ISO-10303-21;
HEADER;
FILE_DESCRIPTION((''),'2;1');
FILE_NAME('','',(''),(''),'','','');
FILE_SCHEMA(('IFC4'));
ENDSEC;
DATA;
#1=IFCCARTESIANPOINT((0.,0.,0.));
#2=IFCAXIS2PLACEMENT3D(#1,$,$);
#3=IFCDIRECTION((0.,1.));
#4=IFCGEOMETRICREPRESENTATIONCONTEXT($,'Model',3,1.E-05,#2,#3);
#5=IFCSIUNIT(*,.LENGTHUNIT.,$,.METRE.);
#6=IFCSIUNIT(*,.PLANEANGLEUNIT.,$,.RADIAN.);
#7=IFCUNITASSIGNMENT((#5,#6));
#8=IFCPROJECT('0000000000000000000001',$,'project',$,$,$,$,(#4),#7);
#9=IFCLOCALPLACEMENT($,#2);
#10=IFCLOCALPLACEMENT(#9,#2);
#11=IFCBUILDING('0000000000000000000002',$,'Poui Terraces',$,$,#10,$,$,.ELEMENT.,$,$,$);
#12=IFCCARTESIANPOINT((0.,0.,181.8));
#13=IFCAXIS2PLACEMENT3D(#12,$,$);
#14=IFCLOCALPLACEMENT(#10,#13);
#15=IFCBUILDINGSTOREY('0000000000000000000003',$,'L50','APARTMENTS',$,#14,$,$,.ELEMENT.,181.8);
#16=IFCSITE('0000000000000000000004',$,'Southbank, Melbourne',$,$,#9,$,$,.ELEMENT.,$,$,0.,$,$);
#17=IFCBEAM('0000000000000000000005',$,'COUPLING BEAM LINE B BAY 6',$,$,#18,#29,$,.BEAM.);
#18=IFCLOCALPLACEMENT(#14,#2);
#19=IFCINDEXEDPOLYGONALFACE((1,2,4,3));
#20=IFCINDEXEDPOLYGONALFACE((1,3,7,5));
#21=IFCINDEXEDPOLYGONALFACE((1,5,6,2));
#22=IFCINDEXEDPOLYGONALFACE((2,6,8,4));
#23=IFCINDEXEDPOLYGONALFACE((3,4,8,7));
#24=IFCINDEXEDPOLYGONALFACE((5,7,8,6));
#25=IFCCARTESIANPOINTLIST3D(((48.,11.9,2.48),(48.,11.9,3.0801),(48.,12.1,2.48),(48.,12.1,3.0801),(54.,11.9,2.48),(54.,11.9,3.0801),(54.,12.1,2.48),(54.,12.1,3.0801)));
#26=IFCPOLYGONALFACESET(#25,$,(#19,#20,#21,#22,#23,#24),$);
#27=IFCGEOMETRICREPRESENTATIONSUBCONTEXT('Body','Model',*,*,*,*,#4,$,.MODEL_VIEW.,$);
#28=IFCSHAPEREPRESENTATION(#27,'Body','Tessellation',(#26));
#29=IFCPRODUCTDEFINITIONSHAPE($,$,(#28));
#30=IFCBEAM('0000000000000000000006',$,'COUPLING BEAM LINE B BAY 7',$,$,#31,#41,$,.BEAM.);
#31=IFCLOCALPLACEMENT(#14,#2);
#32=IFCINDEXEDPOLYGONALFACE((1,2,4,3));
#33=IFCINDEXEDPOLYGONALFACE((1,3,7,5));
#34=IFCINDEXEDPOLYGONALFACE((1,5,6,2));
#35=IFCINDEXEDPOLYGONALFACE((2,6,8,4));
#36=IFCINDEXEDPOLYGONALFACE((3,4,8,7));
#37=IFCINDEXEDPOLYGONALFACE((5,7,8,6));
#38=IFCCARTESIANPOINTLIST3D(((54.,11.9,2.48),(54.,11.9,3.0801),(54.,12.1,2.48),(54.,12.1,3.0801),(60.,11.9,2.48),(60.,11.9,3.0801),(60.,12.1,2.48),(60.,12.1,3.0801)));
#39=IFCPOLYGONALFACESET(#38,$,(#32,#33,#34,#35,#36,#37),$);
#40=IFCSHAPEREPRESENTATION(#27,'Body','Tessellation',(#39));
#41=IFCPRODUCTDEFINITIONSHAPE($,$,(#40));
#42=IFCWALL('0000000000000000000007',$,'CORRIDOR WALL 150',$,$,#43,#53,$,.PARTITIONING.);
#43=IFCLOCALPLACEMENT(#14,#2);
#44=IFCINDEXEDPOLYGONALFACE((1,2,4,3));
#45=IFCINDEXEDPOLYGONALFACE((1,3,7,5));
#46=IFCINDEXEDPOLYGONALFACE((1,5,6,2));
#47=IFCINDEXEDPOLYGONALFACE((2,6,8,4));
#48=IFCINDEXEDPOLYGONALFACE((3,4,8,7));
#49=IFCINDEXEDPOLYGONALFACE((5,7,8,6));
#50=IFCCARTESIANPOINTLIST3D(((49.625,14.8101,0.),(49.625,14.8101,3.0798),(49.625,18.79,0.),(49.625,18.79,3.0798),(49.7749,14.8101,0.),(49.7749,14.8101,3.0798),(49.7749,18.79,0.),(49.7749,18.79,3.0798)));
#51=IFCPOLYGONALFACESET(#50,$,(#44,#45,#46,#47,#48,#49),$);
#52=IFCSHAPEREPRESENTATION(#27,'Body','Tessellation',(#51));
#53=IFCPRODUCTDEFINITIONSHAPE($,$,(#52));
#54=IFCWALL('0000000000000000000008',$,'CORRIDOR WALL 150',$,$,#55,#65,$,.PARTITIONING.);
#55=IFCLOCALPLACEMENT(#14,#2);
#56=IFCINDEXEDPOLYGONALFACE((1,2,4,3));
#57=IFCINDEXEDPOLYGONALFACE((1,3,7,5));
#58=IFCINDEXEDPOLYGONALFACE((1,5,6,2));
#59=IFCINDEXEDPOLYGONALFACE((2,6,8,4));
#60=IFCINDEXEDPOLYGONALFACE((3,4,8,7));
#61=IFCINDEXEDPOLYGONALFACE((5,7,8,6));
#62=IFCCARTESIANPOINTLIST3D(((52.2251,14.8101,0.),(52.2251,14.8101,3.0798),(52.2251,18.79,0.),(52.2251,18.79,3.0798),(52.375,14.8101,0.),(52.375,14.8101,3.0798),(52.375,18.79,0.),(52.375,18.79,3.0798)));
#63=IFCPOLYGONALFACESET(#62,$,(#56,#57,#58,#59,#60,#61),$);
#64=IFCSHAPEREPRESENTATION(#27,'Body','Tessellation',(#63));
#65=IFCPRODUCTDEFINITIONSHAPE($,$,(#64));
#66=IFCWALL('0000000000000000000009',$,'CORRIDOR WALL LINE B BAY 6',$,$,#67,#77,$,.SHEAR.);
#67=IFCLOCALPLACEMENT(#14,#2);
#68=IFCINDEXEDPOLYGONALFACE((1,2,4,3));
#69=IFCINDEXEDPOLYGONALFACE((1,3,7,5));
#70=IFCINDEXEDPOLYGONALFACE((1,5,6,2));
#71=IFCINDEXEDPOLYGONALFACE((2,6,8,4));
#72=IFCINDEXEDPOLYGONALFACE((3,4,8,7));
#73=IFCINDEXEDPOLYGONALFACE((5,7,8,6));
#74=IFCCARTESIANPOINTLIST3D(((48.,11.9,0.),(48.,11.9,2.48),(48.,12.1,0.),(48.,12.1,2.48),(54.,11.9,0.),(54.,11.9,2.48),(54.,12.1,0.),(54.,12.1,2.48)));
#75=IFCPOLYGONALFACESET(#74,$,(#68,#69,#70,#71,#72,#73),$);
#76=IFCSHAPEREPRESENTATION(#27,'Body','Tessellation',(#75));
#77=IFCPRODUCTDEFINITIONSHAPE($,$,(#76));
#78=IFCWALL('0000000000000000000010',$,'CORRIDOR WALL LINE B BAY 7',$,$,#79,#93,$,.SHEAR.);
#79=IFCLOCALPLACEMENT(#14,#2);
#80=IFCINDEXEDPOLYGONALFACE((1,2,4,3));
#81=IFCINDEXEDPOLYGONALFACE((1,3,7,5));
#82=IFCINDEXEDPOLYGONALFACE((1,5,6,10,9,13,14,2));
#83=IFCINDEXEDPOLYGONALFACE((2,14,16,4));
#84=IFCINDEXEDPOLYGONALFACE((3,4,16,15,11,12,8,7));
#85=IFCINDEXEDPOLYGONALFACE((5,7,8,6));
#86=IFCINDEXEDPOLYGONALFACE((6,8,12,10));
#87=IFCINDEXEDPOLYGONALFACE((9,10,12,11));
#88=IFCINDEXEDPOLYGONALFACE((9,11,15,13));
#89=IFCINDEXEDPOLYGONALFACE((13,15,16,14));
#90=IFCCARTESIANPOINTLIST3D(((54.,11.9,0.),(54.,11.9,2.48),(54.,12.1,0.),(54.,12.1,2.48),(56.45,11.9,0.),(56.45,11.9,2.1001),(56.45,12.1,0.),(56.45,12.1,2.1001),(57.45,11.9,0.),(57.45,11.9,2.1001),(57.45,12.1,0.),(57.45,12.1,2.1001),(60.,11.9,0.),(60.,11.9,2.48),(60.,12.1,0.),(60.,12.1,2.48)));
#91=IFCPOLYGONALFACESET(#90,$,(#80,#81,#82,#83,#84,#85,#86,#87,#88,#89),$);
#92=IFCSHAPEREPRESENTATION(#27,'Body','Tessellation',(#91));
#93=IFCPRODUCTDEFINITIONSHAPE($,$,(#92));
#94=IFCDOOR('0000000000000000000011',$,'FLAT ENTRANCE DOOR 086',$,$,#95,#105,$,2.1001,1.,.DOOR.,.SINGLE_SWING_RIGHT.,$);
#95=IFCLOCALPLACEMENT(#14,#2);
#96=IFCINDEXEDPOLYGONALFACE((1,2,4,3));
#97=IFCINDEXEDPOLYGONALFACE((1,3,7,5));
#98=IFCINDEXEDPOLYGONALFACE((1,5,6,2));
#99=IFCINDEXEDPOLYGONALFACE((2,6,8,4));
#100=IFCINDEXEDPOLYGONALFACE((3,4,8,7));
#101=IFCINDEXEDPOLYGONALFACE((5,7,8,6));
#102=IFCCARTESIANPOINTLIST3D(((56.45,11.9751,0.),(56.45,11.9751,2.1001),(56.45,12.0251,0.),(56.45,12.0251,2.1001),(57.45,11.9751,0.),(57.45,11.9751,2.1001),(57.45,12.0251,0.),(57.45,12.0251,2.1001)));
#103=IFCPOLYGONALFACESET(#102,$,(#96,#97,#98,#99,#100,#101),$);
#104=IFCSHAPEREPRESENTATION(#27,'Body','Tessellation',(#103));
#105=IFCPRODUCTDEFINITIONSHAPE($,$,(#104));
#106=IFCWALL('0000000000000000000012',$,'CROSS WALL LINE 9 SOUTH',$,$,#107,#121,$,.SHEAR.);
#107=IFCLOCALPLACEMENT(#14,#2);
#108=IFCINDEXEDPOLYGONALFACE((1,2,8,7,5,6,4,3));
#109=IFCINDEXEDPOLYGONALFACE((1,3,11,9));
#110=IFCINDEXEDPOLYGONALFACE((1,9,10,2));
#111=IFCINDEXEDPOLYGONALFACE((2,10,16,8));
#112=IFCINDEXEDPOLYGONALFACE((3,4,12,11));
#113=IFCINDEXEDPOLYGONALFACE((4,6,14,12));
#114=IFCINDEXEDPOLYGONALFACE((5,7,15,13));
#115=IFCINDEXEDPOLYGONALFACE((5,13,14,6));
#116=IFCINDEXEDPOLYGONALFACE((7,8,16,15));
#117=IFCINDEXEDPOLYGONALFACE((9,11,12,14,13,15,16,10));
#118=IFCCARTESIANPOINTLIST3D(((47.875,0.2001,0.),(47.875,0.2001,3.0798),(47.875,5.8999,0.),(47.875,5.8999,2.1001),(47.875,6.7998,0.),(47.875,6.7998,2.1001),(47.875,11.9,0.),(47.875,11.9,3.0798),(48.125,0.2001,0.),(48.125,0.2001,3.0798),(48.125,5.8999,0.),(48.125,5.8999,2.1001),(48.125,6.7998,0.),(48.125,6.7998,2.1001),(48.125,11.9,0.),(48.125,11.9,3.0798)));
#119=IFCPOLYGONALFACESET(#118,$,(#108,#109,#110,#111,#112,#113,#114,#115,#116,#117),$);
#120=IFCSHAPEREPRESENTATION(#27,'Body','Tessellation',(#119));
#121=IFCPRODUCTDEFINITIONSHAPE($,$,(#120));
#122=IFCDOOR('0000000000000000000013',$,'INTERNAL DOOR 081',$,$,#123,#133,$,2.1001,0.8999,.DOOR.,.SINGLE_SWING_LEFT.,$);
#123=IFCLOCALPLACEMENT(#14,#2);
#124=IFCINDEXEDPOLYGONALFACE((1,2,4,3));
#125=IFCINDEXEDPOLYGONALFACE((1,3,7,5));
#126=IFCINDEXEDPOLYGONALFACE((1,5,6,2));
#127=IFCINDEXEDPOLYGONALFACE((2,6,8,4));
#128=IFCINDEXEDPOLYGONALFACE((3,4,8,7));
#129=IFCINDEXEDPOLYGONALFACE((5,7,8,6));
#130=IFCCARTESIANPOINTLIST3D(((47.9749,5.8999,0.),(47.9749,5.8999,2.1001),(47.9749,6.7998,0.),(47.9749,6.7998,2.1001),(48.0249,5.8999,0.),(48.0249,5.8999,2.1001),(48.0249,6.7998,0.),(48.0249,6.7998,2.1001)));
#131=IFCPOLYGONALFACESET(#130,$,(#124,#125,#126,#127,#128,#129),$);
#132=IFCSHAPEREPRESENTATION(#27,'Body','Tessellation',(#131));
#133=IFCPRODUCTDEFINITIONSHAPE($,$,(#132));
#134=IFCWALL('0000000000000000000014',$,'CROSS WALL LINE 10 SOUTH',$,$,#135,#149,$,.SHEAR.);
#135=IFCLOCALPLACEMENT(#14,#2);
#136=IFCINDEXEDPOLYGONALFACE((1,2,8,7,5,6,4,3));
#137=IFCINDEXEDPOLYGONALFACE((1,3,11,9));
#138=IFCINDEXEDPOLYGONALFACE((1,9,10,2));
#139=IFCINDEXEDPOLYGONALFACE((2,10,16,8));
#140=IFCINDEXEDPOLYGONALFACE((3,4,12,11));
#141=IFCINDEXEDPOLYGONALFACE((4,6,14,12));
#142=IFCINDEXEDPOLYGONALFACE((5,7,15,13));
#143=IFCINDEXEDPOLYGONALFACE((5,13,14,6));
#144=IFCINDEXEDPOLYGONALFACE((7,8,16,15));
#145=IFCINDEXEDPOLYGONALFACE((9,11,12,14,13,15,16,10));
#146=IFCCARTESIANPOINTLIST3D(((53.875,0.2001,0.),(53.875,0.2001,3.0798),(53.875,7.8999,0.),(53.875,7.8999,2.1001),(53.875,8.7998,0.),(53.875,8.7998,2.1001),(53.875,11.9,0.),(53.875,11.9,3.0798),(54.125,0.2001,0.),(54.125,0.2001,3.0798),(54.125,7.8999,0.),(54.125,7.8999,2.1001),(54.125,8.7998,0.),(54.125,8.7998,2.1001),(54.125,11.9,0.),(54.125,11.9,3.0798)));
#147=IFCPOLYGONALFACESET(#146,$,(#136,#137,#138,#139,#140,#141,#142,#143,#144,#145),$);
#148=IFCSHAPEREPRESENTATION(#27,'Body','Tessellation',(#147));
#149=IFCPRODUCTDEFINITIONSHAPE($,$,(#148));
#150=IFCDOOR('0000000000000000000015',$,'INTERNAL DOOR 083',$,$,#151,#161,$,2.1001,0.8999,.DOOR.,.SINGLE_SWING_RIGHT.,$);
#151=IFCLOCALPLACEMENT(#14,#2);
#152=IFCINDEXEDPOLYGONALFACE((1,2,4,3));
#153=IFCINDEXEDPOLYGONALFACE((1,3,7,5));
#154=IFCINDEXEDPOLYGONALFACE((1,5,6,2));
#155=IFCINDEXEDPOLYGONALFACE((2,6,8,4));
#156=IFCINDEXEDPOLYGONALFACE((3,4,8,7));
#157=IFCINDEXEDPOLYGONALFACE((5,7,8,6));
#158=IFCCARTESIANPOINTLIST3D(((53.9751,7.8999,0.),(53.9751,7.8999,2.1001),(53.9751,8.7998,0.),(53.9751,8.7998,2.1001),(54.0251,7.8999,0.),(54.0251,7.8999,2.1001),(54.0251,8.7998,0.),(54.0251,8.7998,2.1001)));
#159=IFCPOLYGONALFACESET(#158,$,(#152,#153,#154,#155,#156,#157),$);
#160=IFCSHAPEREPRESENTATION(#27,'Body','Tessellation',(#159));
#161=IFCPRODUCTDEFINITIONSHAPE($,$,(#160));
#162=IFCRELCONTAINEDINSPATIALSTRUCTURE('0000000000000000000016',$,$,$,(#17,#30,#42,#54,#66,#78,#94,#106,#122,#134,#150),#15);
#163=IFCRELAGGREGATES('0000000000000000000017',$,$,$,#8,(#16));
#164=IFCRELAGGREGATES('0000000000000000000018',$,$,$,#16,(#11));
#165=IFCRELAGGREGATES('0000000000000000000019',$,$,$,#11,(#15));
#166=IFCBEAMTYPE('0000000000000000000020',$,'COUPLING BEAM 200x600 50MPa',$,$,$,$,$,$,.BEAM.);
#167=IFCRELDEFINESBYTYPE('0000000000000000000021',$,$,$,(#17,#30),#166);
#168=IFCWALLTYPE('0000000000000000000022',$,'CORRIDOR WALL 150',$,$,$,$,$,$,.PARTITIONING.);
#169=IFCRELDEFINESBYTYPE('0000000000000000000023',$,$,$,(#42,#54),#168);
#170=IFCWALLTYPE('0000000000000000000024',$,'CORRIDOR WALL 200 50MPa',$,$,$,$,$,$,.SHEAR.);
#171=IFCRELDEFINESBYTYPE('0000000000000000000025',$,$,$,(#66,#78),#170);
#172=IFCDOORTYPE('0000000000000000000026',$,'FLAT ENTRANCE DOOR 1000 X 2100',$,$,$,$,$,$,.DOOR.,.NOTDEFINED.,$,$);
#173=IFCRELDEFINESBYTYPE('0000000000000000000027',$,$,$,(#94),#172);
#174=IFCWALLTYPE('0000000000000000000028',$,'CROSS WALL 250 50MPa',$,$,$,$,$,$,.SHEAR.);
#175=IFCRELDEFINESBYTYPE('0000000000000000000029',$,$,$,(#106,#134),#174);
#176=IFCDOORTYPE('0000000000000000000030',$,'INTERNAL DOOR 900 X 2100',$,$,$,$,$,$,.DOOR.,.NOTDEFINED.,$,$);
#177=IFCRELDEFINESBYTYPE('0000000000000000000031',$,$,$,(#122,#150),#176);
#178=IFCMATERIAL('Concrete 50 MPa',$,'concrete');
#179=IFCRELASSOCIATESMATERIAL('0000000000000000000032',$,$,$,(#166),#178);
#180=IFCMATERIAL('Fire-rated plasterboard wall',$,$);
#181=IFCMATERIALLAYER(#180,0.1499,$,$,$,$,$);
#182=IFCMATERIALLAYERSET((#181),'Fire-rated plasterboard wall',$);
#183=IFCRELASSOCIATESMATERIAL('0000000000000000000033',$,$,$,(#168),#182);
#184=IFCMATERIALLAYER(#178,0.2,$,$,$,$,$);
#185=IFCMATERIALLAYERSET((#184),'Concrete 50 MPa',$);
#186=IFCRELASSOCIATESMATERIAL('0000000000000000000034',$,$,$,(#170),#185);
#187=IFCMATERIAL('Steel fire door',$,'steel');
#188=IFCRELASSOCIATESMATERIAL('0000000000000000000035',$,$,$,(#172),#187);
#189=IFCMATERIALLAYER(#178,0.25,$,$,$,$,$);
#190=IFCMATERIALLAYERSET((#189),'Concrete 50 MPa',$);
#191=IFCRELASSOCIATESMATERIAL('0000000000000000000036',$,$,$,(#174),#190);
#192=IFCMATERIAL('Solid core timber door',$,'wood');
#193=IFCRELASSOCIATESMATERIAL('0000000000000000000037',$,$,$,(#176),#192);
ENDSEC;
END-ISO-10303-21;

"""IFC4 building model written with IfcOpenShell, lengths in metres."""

from ifc_helpers import new_model, si_unit, direction, frame, frame_2d, origin, origin_2d, place, context, subcontext, project, spatial, rectangle, extrude, source, transform, mapped, material, layer, layer_set, material_profile, profile_set, type_object, element, fill, save


model = new_model("IFC4")

# Units and contexts
model_context = context("Model", 3, precision=1e-05, world=origin(), true_north=direction((0.0, 1.0)))
body_context = subcontext(model_context, "Body", "Model", "MODEL_VIEW")
ifc_project = project(units=[si_unit("LENGTHUNIT", "METRE"), si_unit("PLANEANGLEUNIT", "RADIAN")], contexts=[model_context])

# Site, building, storey
site_placement = place(None, origin())
site = spatial("IfcSite", under=ifc_project, at=site_placement, Name="Southbank, Melbourne", CompositionType="ELEMENT", RefElevation=0.0)
building_placement = place(site_placement, origin())
building = spatial("IfcBuilding", under=site, at=building_placement, Name="Poui Terraces", CompositionType="ELEMENT")
storey_placement = place(building_placement, frame((0.0, 0.0, 181.8)))
storey = spatial("IfcBuildingStorey", under=building, at=storey_placement, Name="L50", Description="APARTMENTS", CompositionType="ELEMENT", Elevation=181.8)

# Beams
ifc_material_1 = material(Name="Concrete 50 MPa", Category="concrete")
ifc_material_profile = material_profile(ifc_material_1, rectangle(XDim=0.2, YDim=0.6001, at=origin_2d()), Name="RC 200x600")
ifc_profile_set = profile_set([ifc_material_profile], Name="Concrete 50 MPa")
beam_type = type_object("IfcBeamType", Name="COUPLING BEAM 200x600 50MPa", PredefinedType="BEAM", material=ifc_profile_set)
shared_shape_1 = source(origin(), body_context, "Body", "SweptSolid", [
    extrude(rectangle(XDim=0.2, YDim=0.6001, at=origin_2d()), origin(), (0.0, 0.0, 1.0), 6.0),
])
for number, where, z_axis, x_axis, name in (
    (1, (48.0, 12.0, 2.78), (1.0, 0.0, 0.0), (0.0, 1.0, 0.0), "COUPLING BEAM LINE B BAY 6"),
    (2, (54.0, 12.0, 2.78), (1.0, 0.0, 0.0), (0.0, 1.0, 0.0), "COUPLING BEAM LINE B BAY 7"),
):
    element("IfcBeam", number, at=place(storey_placement, frame(where, z_axis=z_axis, x_axis=x_axis)), inside=storey, type_object=beam_type, Name=name, PredefinedType="BEAM", context=body_context, shape_type="MappedRepresentation", body=[
        mapped(shared_shape_1, transform((0.0, 0.0, 0.0))),
    ])

# Walls
ifc_material_2 = material(Name="Fire-rated plasterboard wall")
ifc_layer_1 = layer(ifc_material_2, 0.1499)
ifc_layer_set_1 = layer_set([ifc_layer_1], Name="Fire-rated plasterboard wall")
wall_type_1 = type_object("IfcWallType", Name="CORRIDOR WALL 150", PredefinedType="PARTITIONING", material=ifc_layer_set_1)
for number, where, z_axis, x_axis, name in (
    (3, (49.7, 14.8101, 0.0), (0.0, 0.0, 1.0), (0.0, 1.0, 0.0), "CORRIDOR WALL 150"),
    (4, (52.3, 14.8101, 0.0), (0.0, 0.0, 1.0), (0.0, 1.0, 0.0), "CORRIDOR WALL 150"),
):
    element("IfcWall", number, at=place(storey_placement, frame(where, z_axis=z_axis, x_axis=x_axis)), inside=storey, type_object=wall_type_1, Name=name, PredefinedType="PARTITIONING", context=body_context, shape_type="SweptSolid", body=[
        extrude(rectangle(XDim=3.98, YDim=0.1499, at=frame_2d((1.99, 0.0))), origin(), (0.0, 0.0, 1.0), 3.0798),
    ])
ifc_layer_2 = layer(ifc_material_1, 0.2)
ifc_layer_set_2 = layer_set([ifc_layer_2], Name="Concrete 50 MPa")
wall_type_2 = type_object("IfcWallType", Name="CORRIDOR WALL 200 50MPa", PredefinedType="SHEAR", material=ifc_layer_set_2)
wall_1_placement = place(storey_placement, frame((48.0, 12.0, 0.0), z_axis=(0.0, 0.0, 1.0), x_axis=(1.0, 0.0, 0.0)))
element("IfcWall", 5, at=wall_1_placement, inside=storey, type_object=wall_type_2, Name="CORRIDOR WALL LINE B BAY 6", PredefinedType="SHEAR", context=body_context, shape_type="SweptSolid", body=[
    extrude(rectangle(XDim=6.0, YDim=0.2, at=frame_2d((3.0, 0.0))), origin(), (0.0, 0.0, 1.0), 2.48),
])

# Walls, openings, doors
wall_2_placement = place(storey_placement, frame((54.0, 12.0, 0.0), z_axis=(0.0, 0.0, 1.0), x_axis=(1.0, 0.0, 0.0)))
wall_2 = element("IfcWall", 6, at=wall_2_placement, inside=storey, type_object=wall_type_2, Name="CORRIDOR WALL LINE B BAY 7", PredefinedType="SHEAR", context=body_context, shape_type="SweptSolid", body=[
    extrude(rectangle(XDim=6.0, YDim=0.2, at=frame_2d((3.0, 0.0))), origin(), (0.0, 0.0, 1.0), 2.48),
])
opening_1_placement = place(wall_2_placement, frame((2.45, 0.0, 0.0)))
opening_1 = element("IfcOpeningElement", 7, at=opening_1_placement, cuts=wall_2, PredefinedType="OPENING", context=body_context, shape_type="SweptSolid", body=[
    extrude(rectangle(XDim=1.0, YDim=2.1001, at=frame_2d((0.5, 1.05))), frame((0.0, 0.1099, 0.0), z_axis=(0.0, -1.0, 0.0), x_axis=(1.0, 0.0, 0.0)), (0.0, 0.0, 1.0), 0.22),
])
ifc_material_3 = material(Name="Steel fire door", Category="steel")
door_type_1 = type_object("IfcDoorType", Name="FLAT ENTRANCE DOOR 1000 X 2100", OperationType="NOTDEFINED", PredefinedType="DOOR", material=ifc_material_3)
door_1_placement = place(opening_1_placement, frame((1.0, 0.0, 0.0), z_axis=(0.0, 0.0, 1.0), x_axis=(-1.0, 0.0, 0.0)))
door_1 = element("IfcDoor", 8, at=door_1_placement, inside=storey, type_object=door_type_1, Name="FLAT ENTRANCE DOOR 086", OperationType="SINGLE_SWING_RIGHT", OverallHeight=2.1001, OverallWidth=1.0, PredefinedType="DOOR", context=body_context, shape_type="SweptSolid", body=[
    extrude(rectangle(XDim=1.0, YDim=2.1001, at=frame_2d((0.5, 1.05))), frame((0.0, 0.0249, 0.0), z_axis=(0.0, -1.0, 0.0), x_axis=(1.0, 0.0, 0.0)), (0.0, 0.0, 1.0), 0.05),
])
fill(opening_1, door_1)
ifc_layer_3 = layer(ifc_material_1, 0.25)
ifc_layer_set_3 = layer_set([ifc_layer_3], Name="Concrete 50 MPa")
wall_type_3 = type_object("IfcWallType", Name="CROSS WALL 250 50MPa", PredefinedType="SHEAR", material=ifc_layer_set_3)
wall_3_placement = place(storey_placement, frame((48.0, 0.2, 0.0), z_axis=(0.0, 0.0, 1.0), x_axis=(0.0, 1.0, 0.0)))
wall_3 = element("IfcWall", 9, at=wall_3_placement, inside=storey, type_object=wall_type_3, Name="CROSS WALL LINE 9 SOUTH", PredefinedType="SHEAR", context=body_context, shape_type="SweptSolid", body=[
    extrude(rectangle(XDim=11.7, YDim=0.25, at=frame_2d((5.8501, 0.0))), origin(), (0.0, 0.0, 1.0), 3.0798),
])
opening_2_placement = place(wall_3_placement, frame((5.7, 0.0, 0.0)))
opening_2 = element("IfcOpeningElement", 10, at=opening_2_placement, cuts=wall_3, PredefinedType="OPENING", context=body_context, shape_type="SweptSolid", body=[
    extrude(rectangle(XDim=0.8999, YDim=2.1001, at=frame_2d((0.45, 1.05))), frame((0.0, 0.135, 0.0), z_axis=(0.0, -1.0, 0.0), x_axis=(1.0, 0.0, 0.0)), (0.0, 0.0, 1.0), 0.27),
])
ifc_material_4 = material(Name="Solid core timber door", Category="wood")
door_type_2 = type_object("IfcDoorType", Name="INTERNAL DOOR 900 X 2100", OperationType="NOTDEFINED", PredefinedType="DOOR", material=ifc_material_4)
door_2_placement = place(opening_2_placement, frame((0.8999, 0.0, 0.0), z_axis=(0.0, 0.0, 1.0), x_axis=(-1.0, 0.0, 0.0)))
door_2 = element("IfcDoor", 11, at=door_2_placement, inside=storey, type_object=door_type_2, Name="INTERNAL DOOR 081", OperationType="SINGLE_SWING_LEFT", OverallHeight=2.1001, OverallWidth=0.8999, PredefinedType="DOOR", context=body_context, shape_type="SweptSolid", body=[
    extrude(rectangle(XDim=0.8999, YDim=2.1001, at=frame_2d((0.45, 1.05))), frame((0.0, 0.0249, 0.0), z_axis=(0.0, -1.0, 0.0), x_axis=(1.0, 0.0, 0.0)), (0.0, 0.0, 1.0), 0.05),
])
fill(opening_2, door_2)
wall_4_placement = place(storey_placement, frame((54.0, 0.2, 0.0), z_axis=(0.0, 0.0, 1.0), x_axis=(0.0, 1.0, 0.0)))
wall_4 = element("IfcWall", 12, at=wall_4_placement, inside=storey, type_object=wall_type_3, Name="CROSS WALL LINE 10 SOUTH", PredefinedType="SHEAR", context=body_context, shape_type="SweptSolid", body=[
    extrude(rectangle(XDim=11.7, YDim=0.25, at=frame_2d((5.8501, 0.0))), origin(), (0.0, 0.0, 1.0), 3.0798),
])
opening_3_placement = place(wall_4_placement, frame((7.7, 0.0, 0.0)))
opening_3 = element("IfcOpeningElement", 13, at=opening_3_placement, cuts=wall_4, PredefinedType="OPENING", context=body_context, shape_type="SweptSolid", body=[
    extrude(rectangle(XDim=0.8999, YDim=2.1001, at=frame_2d((0.45, 1.05))), frame((0.0, 0.135, 0.0), z_axis=(0.0, -1.0, 0.0), x_axis=(1.0, 0.0, 0.0)), (0.0, 0.0, 1.0), 0.27),
])
door_3_placement = place(opening_3_placement, origin())
door_3 = element("IfcDoor", 14, at=door_3_placement, inside=storey, type_object=door_type_2, Name="INTERNAL DOOR 083", OperationType="SINGLE_SWING_RIGHT", OverallHeight=2.1001, OverallWidth=0.8999, PredefinedType="DOOR", context=body_context, shape_type="SweptSolid", body=[
    extrude(rectangle(XDim=0.8999, YDim=2.1001, at=frame_2d((0.45, 1.05))), frame((0.0, 0.0249, 0.0), z_axis=(0.0, -1.0, 0.0), x_axis=(1.0, 0.0, 0.0)), (0.0, 0.0, 1.0), 0.05),
])
fill(opening_3, door_3)

save(model, "model.ifc")
